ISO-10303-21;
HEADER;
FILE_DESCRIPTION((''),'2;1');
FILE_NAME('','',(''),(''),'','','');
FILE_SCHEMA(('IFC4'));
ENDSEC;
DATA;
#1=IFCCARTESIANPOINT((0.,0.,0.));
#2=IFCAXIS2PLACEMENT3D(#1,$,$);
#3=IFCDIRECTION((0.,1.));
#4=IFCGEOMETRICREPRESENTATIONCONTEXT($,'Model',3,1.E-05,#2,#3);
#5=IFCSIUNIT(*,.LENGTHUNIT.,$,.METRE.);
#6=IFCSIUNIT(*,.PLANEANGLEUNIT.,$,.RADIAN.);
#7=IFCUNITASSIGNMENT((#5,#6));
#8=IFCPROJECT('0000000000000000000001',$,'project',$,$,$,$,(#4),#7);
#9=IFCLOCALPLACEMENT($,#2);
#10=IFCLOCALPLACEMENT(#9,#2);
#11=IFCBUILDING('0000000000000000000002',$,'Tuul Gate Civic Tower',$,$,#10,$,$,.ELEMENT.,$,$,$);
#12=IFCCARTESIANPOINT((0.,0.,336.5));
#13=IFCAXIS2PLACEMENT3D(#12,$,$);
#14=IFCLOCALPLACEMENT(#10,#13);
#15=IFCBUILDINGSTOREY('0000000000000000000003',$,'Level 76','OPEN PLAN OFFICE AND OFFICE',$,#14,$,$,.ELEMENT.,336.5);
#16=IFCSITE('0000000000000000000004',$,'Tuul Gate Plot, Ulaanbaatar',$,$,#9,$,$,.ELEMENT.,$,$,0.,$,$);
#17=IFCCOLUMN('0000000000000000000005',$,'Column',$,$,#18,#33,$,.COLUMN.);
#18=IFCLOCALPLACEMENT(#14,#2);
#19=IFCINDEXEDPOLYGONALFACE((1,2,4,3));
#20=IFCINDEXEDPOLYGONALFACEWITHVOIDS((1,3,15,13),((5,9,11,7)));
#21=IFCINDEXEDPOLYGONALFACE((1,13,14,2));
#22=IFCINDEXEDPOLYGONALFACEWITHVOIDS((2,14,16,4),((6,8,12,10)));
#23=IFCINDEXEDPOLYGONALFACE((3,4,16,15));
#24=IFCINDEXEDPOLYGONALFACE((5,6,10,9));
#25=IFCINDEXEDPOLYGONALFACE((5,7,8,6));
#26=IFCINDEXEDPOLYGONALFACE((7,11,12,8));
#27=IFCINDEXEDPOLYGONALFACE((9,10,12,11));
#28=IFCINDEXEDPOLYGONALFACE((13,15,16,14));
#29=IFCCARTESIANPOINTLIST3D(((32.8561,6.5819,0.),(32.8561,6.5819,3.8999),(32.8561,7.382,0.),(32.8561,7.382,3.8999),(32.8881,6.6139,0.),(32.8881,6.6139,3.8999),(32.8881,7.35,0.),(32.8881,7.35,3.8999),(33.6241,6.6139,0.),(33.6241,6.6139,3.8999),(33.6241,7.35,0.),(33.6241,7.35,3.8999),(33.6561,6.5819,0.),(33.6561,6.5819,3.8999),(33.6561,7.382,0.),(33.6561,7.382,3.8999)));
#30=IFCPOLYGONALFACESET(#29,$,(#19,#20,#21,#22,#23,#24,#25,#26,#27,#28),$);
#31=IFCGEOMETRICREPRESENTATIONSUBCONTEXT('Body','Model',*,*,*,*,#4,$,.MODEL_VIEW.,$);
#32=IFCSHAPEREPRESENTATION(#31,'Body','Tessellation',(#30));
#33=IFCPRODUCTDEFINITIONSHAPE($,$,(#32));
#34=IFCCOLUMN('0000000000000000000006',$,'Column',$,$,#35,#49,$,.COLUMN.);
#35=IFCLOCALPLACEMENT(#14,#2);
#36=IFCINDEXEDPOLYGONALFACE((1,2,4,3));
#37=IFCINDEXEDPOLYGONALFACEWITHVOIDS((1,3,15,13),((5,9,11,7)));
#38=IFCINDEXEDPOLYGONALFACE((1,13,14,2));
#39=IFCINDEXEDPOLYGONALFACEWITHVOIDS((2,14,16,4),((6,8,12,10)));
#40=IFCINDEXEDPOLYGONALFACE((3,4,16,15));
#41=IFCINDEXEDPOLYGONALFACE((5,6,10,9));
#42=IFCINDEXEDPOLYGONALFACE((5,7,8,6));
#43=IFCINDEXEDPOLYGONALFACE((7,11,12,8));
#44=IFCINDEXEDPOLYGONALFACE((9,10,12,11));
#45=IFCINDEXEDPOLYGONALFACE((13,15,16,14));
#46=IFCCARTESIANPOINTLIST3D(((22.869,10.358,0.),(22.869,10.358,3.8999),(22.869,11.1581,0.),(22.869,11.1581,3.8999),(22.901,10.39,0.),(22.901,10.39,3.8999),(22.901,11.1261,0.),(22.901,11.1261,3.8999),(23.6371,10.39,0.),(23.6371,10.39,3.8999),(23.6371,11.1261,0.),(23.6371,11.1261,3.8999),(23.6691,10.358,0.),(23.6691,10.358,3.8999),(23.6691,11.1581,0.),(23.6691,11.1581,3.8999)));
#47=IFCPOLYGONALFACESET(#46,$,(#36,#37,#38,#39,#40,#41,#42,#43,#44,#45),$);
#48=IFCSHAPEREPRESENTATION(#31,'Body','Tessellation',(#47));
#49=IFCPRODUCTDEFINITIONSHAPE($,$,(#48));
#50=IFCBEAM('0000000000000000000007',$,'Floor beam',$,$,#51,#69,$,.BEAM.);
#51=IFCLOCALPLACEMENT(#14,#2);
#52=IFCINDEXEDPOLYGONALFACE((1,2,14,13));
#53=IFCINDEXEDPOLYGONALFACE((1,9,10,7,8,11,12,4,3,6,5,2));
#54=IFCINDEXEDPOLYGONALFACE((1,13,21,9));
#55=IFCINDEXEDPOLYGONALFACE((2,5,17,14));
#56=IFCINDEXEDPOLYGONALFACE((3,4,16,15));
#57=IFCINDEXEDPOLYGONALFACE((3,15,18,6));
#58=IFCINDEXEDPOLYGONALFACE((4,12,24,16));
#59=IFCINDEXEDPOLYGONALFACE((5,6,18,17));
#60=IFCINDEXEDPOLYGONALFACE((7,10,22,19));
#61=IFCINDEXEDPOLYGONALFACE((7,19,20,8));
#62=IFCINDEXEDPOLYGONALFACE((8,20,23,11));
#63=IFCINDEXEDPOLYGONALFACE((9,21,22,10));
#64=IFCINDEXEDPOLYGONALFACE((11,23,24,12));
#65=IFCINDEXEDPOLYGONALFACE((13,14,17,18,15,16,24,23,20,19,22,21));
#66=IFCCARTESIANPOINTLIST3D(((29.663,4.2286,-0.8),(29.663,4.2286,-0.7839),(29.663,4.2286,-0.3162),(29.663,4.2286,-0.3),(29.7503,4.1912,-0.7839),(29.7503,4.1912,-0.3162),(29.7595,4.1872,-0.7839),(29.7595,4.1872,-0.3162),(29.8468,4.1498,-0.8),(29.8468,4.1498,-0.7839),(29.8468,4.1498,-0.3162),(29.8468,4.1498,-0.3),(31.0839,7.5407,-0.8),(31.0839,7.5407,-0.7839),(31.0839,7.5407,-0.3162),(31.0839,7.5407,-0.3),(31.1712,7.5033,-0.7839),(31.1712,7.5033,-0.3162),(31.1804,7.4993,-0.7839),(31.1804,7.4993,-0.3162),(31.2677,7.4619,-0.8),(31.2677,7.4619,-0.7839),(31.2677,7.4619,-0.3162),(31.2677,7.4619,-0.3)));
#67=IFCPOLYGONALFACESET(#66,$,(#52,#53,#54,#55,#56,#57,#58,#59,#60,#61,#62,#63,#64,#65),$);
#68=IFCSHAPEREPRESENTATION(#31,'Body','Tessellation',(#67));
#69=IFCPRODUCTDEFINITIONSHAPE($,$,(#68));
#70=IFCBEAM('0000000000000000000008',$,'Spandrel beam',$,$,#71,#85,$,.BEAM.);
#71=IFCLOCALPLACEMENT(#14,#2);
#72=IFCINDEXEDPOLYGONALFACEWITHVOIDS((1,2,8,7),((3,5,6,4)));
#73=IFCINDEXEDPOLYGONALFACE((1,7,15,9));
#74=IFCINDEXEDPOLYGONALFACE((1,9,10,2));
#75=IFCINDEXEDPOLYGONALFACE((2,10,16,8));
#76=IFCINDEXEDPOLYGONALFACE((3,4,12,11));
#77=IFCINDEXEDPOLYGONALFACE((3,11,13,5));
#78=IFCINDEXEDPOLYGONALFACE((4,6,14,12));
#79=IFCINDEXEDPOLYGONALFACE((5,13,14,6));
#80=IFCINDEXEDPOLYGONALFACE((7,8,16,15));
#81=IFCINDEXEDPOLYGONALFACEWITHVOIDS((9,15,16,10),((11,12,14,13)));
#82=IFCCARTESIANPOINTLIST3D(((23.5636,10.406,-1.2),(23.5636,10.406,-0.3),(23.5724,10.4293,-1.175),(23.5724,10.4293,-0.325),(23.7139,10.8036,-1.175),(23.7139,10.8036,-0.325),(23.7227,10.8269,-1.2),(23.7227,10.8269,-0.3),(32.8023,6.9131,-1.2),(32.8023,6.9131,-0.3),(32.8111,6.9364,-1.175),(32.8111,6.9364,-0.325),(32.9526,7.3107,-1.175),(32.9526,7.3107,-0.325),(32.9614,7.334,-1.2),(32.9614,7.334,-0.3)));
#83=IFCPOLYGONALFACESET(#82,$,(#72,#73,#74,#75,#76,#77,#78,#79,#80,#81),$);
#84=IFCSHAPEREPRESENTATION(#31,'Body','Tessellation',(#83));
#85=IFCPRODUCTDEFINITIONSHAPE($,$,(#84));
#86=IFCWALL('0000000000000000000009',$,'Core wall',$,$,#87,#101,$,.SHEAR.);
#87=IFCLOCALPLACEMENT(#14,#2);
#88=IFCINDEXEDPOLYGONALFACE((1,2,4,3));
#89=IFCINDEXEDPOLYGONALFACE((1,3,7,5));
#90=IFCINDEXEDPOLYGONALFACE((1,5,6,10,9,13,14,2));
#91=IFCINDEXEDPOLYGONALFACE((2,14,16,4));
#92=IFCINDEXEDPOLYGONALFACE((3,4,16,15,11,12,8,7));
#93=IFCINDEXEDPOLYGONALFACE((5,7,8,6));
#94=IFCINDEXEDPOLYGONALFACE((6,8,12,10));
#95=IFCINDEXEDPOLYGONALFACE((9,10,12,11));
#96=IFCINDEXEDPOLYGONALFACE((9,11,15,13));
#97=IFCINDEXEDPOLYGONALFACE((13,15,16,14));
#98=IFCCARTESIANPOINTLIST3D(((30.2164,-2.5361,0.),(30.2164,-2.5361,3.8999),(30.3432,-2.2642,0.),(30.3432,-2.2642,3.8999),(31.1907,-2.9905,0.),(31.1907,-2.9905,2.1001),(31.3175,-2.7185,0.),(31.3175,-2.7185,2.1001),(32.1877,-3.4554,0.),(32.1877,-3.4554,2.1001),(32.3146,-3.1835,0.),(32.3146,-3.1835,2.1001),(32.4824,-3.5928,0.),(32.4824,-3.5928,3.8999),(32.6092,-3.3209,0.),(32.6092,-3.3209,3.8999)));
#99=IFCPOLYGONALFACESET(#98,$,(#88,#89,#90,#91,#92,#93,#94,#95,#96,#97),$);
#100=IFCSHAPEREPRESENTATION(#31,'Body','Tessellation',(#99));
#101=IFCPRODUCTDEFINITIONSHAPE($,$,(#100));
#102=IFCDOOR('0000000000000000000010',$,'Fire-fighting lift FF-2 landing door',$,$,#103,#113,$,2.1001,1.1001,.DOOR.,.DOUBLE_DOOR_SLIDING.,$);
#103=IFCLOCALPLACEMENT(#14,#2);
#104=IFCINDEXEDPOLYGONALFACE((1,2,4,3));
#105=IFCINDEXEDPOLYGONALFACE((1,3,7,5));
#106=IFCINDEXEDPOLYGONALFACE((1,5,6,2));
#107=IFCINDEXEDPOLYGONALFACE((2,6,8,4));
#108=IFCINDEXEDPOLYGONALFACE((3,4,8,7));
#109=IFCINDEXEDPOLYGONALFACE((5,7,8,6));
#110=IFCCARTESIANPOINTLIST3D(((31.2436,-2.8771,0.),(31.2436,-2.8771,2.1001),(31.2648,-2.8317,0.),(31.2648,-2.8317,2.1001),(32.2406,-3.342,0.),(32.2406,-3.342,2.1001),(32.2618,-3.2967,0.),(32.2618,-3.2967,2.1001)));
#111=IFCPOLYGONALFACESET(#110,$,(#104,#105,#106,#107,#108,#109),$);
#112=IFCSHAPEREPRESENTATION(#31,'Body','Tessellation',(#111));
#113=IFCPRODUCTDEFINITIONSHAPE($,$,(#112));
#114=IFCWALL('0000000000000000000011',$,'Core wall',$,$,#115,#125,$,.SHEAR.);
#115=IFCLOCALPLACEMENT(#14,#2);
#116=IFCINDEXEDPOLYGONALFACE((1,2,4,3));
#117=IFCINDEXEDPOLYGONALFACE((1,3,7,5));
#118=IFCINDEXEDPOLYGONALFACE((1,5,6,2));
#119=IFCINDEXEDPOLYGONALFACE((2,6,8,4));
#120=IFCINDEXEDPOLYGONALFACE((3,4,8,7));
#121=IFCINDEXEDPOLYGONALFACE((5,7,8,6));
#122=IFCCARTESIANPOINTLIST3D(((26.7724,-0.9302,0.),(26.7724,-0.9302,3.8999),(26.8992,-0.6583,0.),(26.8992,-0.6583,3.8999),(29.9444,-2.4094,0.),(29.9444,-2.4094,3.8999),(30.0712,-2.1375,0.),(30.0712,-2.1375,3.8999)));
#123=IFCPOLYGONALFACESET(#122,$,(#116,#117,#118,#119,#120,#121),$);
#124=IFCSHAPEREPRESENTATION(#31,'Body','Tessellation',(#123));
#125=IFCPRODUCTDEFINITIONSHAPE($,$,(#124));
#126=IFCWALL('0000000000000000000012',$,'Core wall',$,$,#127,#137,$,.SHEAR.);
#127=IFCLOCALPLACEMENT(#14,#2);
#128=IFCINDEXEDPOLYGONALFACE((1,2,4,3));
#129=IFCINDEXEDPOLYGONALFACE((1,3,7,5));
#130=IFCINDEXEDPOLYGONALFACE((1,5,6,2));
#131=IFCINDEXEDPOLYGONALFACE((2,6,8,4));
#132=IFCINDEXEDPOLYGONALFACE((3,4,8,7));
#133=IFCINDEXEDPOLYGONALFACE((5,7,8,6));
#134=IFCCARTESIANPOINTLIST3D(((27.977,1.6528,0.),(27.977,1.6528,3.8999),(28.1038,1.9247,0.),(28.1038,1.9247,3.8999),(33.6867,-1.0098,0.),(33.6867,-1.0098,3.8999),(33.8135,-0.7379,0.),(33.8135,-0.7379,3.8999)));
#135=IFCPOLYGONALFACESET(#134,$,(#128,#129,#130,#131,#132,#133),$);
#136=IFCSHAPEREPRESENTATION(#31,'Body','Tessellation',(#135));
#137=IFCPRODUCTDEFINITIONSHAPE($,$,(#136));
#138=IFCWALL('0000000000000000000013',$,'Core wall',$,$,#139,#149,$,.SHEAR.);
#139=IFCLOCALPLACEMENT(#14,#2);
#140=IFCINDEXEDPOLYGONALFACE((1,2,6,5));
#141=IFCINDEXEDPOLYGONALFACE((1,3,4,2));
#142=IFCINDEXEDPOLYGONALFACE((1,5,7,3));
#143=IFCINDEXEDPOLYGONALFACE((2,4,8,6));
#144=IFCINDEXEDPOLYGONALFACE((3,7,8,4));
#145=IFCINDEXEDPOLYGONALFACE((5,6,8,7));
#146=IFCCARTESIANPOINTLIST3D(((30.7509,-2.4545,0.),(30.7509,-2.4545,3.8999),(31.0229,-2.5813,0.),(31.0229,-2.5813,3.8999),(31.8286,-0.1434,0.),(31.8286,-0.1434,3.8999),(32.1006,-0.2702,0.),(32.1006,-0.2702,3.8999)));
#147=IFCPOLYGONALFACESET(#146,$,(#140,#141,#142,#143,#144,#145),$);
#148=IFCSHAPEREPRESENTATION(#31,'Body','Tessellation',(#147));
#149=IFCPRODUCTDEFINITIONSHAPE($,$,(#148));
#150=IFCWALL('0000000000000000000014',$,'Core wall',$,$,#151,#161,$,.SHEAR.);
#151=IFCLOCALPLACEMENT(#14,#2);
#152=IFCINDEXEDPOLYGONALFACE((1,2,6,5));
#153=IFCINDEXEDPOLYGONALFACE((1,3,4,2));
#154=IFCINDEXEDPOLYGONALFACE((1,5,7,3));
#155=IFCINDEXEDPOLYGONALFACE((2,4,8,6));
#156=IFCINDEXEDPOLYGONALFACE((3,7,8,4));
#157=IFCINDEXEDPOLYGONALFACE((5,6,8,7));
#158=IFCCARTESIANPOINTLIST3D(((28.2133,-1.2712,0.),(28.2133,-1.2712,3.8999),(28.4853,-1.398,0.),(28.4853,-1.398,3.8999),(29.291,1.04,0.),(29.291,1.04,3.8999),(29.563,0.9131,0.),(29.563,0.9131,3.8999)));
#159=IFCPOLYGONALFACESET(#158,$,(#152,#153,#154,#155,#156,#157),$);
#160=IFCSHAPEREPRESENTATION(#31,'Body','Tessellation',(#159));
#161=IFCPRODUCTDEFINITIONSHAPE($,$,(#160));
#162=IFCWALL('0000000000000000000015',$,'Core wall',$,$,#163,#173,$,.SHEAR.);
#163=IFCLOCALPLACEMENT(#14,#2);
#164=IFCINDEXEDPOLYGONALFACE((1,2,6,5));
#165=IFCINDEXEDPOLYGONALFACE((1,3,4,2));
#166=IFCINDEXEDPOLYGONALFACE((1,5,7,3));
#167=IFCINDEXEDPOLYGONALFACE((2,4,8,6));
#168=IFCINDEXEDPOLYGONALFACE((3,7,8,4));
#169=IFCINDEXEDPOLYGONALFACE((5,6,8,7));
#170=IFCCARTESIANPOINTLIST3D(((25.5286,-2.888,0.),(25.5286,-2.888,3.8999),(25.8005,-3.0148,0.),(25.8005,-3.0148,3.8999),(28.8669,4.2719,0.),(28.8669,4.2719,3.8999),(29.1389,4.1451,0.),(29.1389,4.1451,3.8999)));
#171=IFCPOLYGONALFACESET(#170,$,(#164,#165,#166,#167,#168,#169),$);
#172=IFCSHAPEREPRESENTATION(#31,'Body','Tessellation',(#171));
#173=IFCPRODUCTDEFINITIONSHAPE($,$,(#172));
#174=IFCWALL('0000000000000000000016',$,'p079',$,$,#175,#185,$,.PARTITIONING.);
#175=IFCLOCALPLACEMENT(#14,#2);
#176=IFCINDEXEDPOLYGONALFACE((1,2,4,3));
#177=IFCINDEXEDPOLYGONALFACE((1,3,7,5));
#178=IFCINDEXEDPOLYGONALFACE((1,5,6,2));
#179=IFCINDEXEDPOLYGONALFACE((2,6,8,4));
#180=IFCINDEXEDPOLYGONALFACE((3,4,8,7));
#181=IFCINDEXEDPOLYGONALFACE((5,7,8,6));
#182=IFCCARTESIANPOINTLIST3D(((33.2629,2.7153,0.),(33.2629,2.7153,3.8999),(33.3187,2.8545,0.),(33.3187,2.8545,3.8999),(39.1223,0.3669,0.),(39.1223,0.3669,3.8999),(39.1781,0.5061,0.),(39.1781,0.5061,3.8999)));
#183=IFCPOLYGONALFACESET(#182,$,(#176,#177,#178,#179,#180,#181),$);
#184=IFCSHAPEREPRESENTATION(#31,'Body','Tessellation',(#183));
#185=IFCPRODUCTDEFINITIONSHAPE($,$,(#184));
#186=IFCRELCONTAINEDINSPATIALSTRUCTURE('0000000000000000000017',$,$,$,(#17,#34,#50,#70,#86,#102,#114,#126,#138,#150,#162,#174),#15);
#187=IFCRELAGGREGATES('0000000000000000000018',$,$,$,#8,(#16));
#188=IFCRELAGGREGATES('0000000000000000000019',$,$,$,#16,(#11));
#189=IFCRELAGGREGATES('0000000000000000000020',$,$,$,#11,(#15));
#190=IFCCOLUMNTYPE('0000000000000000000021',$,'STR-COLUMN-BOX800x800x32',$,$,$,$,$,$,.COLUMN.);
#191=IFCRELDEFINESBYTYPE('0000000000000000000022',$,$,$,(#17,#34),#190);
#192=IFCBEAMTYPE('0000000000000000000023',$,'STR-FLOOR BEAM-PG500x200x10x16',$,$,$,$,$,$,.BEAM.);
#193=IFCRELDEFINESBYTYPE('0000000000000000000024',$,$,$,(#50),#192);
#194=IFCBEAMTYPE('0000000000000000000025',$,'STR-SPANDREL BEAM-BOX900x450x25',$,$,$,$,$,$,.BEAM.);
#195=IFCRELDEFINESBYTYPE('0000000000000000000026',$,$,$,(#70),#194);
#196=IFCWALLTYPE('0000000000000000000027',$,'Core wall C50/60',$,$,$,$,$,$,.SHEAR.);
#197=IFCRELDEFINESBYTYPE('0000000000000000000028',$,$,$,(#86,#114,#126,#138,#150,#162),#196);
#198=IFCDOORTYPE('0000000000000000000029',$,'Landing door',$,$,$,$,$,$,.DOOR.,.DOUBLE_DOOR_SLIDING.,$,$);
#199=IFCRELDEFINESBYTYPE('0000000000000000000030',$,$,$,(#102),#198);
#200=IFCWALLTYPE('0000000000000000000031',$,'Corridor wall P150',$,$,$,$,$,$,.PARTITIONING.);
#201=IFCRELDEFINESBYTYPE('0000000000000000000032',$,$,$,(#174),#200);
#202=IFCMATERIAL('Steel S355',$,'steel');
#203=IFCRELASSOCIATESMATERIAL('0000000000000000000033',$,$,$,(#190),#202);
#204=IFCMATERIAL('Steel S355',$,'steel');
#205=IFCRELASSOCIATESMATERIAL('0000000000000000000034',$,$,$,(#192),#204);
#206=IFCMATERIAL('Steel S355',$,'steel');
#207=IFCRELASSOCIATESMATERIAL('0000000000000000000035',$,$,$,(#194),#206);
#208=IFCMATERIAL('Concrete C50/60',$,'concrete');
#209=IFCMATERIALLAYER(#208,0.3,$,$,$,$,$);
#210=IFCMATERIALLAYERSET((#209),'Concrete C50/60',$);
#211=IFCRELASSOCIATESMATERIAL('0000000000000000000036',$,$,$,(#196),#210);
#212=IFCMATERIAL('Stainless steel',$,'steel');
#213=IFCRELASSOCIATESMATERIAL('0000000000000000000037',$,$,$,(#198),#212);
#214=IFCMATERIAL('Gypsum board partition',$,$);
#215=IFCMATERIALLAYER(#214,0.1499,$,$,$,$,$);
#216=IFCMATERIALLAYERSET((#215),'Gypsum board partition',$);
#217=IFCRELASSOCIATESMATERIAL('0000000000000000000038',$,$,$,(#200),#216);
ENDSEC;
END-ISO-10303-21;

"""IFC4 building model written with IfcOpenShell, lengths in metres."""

from ifc_helpers import new_model, si_unit, direction, frame, frame_2d, origin, origin_2d, place, context, subcontext, project, spatial, rectangle, hollow_rectangle, i_section, extrude, material, layer, layer_set, material_profile, profile_set, type_object, element, fill, save


model = new_model("IFC4")

# Units and contexts
model_context = context("Model", 3, precision=1e-05, world=origin(), true_north=direction((0.0, 1.0)))
body_context = subcontext(model_context, "Body", "Model", "MODEL_VIEW")
ifc_project = project(units=[si_unit("LENGTHUNIT", "METRE"), si_unit("PLANEANGLEUNIT", "RADIAN")], contexts=[model_context])

# Site, building, storey
site_placement = place(None, origin())
site = spatial("IfcSite", under=ifc_project, at=site_placement, Name="Tuul Gate Plot, Ulaanbaatar", CompositionType="ELEMENT", RefElevation=0.0)
building_placement = place(site_placement, origin())
building = spatial("IfcBuilding", under=site, at=building_placement, Name="Tuul Gate Civic Tower", CompositionType="ELEMENT")
storey_placement = place(building_placement, frame((0.0, 0.0, 336.5)))
storey = spatial("IfcBuildingStorey", under=building, at=storey_placement, Name="Level 76", Description="OPEN PLAN OFFICE AND OFFICE", CompositionType="ELEMENT", Elevation=336.5)

# Columns
ifc_material_1 = material(Name="Steel S355", Category="steel")
ifc_material_profile_1 = material_profile(ifc_material_1, hollow_rectangle(XDim=0.8, YDim=0.8, WallThickness=0.032, at=origin_2d()), Name="BOX800x800x32")
ifc_profile_set_1 = profile_set([ifc_material_profile_1], Name="Steel S355")
column_type = type_object("IfcColumnType", Name="STR-COLUMN-BOX800x800x32", PredefinedType="COLUMN", material=ifc_profile_set_1)
for number, where, z_axis, x_axis, name in (
    (1, (33.2561, 6.9819, 0.0), (0.0, 0.0, 1.0), (1.0, 0.0, 0.0), "Column"),
    (2, (23.269, 10.7581, 0.0), (0.0, 0.0, 1.0), (1.0, 0.0, 0.0), "Column"),
):
    element("IfcColumn", number, at=place(storey_placement, frame(where, z_axis=z_axis, x_axis=x_axis)), inside=storey, type_object=column_type, Name=name, PredefinedType="COLUMN", context=body_context, shape_type="SweptSolid", body=[
        extrude(hollow_rectangle(XDim=0.8, YDim=0.8, WallThickness=0.032, at=origin_2d()), origin(), (0.0, 0.0, 1.0), 3.8999),
    ])

# Beams
ifc_material_2 = material(Name="Steel S355", Category="steel")
ifc_material_profile_2 = material_profile(ifc_material_2, i_section(OverallWidth=0.2, OverallDepth=0.5, WebThickness=0.01, FlangeThickness=0.0161, at=origin_2d()), Name="PG500x200x10x16")
ifc_profile_set_2 = profile_set([ifc_material_profile_2], Name="Steel S355")
beam_type_1 = type_object("IfcBeamType", Name="STR-FLOOR BEAM-PG500x200x10x16", PredefinedType="BEAM", material=ifc_profile_set_2)
beam_1_placement = place(storey_placement, frame((29.7549, 4.1892, -0.55), z_axis=(0.394263, 0.918998, 0.0), x_axis=(-0.918998, 0.394263, 0.0)))
element("IfcBeam", 3, at=beam_1_placement, inside=storey, type_object=beam_type_1, Name="Floor beam", PredefinedType="BEAM", context=body_context, shape_type="SweptSolid", body=[
    extrude(i_section(OverallWidth=0.2, OverallDepth=0.5, WebThickness=0.01, FlangeThickness=0.0161, at=origin_2d()), origin(), (0.0, 0.0, 1.0), 3.604),
])
ifc_material_3 = material(Name="Steel S355", Category="steel")
ifc_material_profile_3 = material_profile(ifc_material_3, hollow_rectangle(XDim=0.45, YDim=0.8999, WallThickness=0.0249, at=origin_2d()), Name="BOX900x450x25")
ifc_profile_set_3 = profile_set([ifc_material_profile_3], Name="Steel S355")
beam_type_2 = type_object("IfcBeamType", Name="STR-SPANDREL BEAM-BOX900x450x25", PredefinedType="BEAM", material=ifc_profile_set_3)
beam_2_placement = place(storey_placement, frame((32.8818, 7.1235, -0.75), z_axis=(-0.935381, 0.353641, 0.0), x_axis=(-0.353641, -0.935381, 0.0)))
element("IfcBeam", 4, at=beam_2_placement, inside=storey, type_object=beam_type_2, Name="Spandrel beam", PredefinedType="BEAM", context=body_context, shape_type="SweptSolid", body=[
    extrude(hollow_rectangle(XDim=0.45, YDim=0.8999, WallThickness=0.0249, at=origin_2d()), origin(), (0.0, 0.0, 1.0), 9.877),
])

# Wall, opening, door
ifc_material_4 = material(Name="Concrete C50/60", Category="concrete")
ifc_layer_1 = layer(ifc_material_4, 0.3)
ifc_layer_set_1 = layer_set([ifc_layer_1], Name="Concrete C50/60")
wall_type_1 = type_object("IfcWallType", Name="Core wall C50/60", PredefinedType="SHEAR", material=ifc_layer_set_1)
wall_1_placement = place(storey_placement, frame((32.5457, -3.4568, 0.0), z_axis=(0.0, 0.0, 1.0), x_axis=(-0.9063, 0.422634, 0.0)))
wall_1 = element("IfcWall", 5, at=wall_1_placement, inside=storey, type_object=wall_type_1, Name="Core wall", PredefinedType="SHEAR", context=body_context, shape_type="SweptSolid", body=[
    extrude(rectangle(XDim=2.5002, YDim=0.3, at=frame_2d((1.25, 0.0))), origin(), (0.0, 0.0, 1.0), 3.8999),
])
opening_1_placement = place(wall_1_placement, frame((0.325, 0.0, 0.0)))
opening_1 = element("IfcOpeningElement", 6, at=opening_1_placement, cuts=wall_1, PredefinedType="OPENING", context=body_context, shape_type="SweptSolid", body=[
    extrude(rectangle(XDim=1.1001, YDim=2.1001, at=frame_2d((0.55, 1.05))), frame((0.0, 0.1602, 0.0), z_axis=(0.0, -1.0, 0.0), x_axis=(1.0, 0.0, 0.0)), (0.0, 0.0, 1.0), 0.3201),
])
ifc_material_5 = material(Name="Stainless steel", Category="steel")
door_type_1 = type_object("IfcDoorType", Name="Landing door", OperationType="DOUBLE_DOOR_SLIDING", PredefinedType="DOOR", material=ifc_material_5)
door_1_placement = place(opening_1_placement, origin())
door_1 = element("IfcDoor", 7, at=door_1_placement, inside=storey, type_object=door_type_1, Name="Fire-fighting lift FF-2 landing door", OperationType="DOUBLE_DOOR_SLIDING", OverallHeight=2.1001, OverallWidth=1.1001, PredefinedType="DOOR", context=body_context, shape_type="SweptSolid", body=[
    extrude(rectangle(XDim=1.1001, YDim=2.1001, at=frame_2d((0.55, 1.05))), frame((0.0, 0.0249, 0.0), z_axis=(0.0, -1.0, 0.0), x_axis=(1.0, 0.0, 0.0)), (0.0, 0.0, 1.0), 0.05),
])
fill(opening_1, door_1)

# Walls
wall_2_placement = place(storey_placement, frame((30.0078, -2.2734, 0.0), z_axis=(0.0, 0.0, 1.0), x_axis=(-0.906301, 0.422633, 0.0)))
element("IfcWall", 8, at=wall_2_placement, inside=storey, type_object=wall_type_1, Name="Core wall", PredefinedType="SHEAR", context=body_context, shape_type="SweptSolid", body=[
    extrude(rectangle(XDim=3.5, YDim=0.3, at=frame_2d((1.75, 0.0))), origin(), (0.0, 0.0, 1.0), 3.8999),
])
wall_3_placement = place(storey_placement, frame((33.75, -0.8738, 0.0), z_axis=(0.0, 0.0, 1.0), x_axis=(-0.906301, 0.422633, 0.0)))
element("IfcWall", 9, at=wall_3_placement, inside=storey, type_object=wall_type_1, Name="Core wall", PredefinedType="SHEAR", context=body_context, shape_type="SweptSolid", body=[
    extrude(rectangle(XDim=6.3, YDim=0.3, at=frame_2d((3.1499, 0.0))), origin(), (0.0, 0.0, 1.0), 3.8999),
])
for number, where, z_axis, x_axis, name in (
    (10, (30.887, -2.5178, 0.0), (0.0, 0.0, 1.0), (0.422613, 0.90631, 0.0), "Core wall"),
    (11, (28.3494, -1.3345, 0.0), (0.0, 0.0, 1.0), (0.422613, 0.90631, 0.0), "Core wall"),
):
    element("IfcWall", number, at=place(storey_placement, frame(where, z_axis=z_axis, x_axis=x_axis)), inside=storey, type_object=wall_type_1, Name=name, PredefinedType="SHEAR", context=body_context, shape_type="SweptSolid", body=[
        extrude(rectangle(XDim=2.55, YDim=0.3, at=frame_2d((1.2749, 0.0))), origin(), (0.0, 0.0, 1.0), 3.8999),
    ])
wall_4_placement = place(storey_placement, frame((25.6646, -2.9514, 0.0), z_axis=(0.0, 0.0, 1.0), x_axis=(0.422583, 0.906324, 0.0)))
element("IfcWall", 12, at=wall_4_placement, inside=storey, type_object=wall_type_1, Name="Core wall", PredefinedType="SHEAR", context=body_context, shape_type="SweptSolid", body=[
    extrude(rectangle(XDim=7.8999, YDim=0.3, at=frame_2d((3.95, 0.0))), origin(), (0.0, 0.0, 1.0), 3.8999),
])
ifc_material_6 = material(Name="Gypsum board partition")
ifc_layer_2 = layer(ifc_material_6, 0.1499)
ifc_layer_set_2 = layer_set([ifc_layer_2], Name="Gypsum board partition")
wall_type_2 = type_object("IfcWallType", Name="Corridor wall P150", PredefinedType="PARTITIONING", material=ifc_layer_set_2)
wall_5_placement = place(storey_placement, frame((33.2908, 2.7849, 0.0), z_axis=(0.0, 0.0, 1.0), x_axis=(0.928223, -0.372024, 0.0)))
element("IfcWall", 13, at=wall_5_placement, inside=storey, type_object=wall_type_2, Name="p079", PredefinedType="PARTITIONING", context=body_context, shape_type="SweptSolid", body=[
    extrude(rectangle(XDim=6.3125, YDim=0.1499, at=frame_2d((3.1562, 0.0))), origin(), (0.0, 0.0, 1.0), 3.8999),
])

save(model, "model.ifc")
